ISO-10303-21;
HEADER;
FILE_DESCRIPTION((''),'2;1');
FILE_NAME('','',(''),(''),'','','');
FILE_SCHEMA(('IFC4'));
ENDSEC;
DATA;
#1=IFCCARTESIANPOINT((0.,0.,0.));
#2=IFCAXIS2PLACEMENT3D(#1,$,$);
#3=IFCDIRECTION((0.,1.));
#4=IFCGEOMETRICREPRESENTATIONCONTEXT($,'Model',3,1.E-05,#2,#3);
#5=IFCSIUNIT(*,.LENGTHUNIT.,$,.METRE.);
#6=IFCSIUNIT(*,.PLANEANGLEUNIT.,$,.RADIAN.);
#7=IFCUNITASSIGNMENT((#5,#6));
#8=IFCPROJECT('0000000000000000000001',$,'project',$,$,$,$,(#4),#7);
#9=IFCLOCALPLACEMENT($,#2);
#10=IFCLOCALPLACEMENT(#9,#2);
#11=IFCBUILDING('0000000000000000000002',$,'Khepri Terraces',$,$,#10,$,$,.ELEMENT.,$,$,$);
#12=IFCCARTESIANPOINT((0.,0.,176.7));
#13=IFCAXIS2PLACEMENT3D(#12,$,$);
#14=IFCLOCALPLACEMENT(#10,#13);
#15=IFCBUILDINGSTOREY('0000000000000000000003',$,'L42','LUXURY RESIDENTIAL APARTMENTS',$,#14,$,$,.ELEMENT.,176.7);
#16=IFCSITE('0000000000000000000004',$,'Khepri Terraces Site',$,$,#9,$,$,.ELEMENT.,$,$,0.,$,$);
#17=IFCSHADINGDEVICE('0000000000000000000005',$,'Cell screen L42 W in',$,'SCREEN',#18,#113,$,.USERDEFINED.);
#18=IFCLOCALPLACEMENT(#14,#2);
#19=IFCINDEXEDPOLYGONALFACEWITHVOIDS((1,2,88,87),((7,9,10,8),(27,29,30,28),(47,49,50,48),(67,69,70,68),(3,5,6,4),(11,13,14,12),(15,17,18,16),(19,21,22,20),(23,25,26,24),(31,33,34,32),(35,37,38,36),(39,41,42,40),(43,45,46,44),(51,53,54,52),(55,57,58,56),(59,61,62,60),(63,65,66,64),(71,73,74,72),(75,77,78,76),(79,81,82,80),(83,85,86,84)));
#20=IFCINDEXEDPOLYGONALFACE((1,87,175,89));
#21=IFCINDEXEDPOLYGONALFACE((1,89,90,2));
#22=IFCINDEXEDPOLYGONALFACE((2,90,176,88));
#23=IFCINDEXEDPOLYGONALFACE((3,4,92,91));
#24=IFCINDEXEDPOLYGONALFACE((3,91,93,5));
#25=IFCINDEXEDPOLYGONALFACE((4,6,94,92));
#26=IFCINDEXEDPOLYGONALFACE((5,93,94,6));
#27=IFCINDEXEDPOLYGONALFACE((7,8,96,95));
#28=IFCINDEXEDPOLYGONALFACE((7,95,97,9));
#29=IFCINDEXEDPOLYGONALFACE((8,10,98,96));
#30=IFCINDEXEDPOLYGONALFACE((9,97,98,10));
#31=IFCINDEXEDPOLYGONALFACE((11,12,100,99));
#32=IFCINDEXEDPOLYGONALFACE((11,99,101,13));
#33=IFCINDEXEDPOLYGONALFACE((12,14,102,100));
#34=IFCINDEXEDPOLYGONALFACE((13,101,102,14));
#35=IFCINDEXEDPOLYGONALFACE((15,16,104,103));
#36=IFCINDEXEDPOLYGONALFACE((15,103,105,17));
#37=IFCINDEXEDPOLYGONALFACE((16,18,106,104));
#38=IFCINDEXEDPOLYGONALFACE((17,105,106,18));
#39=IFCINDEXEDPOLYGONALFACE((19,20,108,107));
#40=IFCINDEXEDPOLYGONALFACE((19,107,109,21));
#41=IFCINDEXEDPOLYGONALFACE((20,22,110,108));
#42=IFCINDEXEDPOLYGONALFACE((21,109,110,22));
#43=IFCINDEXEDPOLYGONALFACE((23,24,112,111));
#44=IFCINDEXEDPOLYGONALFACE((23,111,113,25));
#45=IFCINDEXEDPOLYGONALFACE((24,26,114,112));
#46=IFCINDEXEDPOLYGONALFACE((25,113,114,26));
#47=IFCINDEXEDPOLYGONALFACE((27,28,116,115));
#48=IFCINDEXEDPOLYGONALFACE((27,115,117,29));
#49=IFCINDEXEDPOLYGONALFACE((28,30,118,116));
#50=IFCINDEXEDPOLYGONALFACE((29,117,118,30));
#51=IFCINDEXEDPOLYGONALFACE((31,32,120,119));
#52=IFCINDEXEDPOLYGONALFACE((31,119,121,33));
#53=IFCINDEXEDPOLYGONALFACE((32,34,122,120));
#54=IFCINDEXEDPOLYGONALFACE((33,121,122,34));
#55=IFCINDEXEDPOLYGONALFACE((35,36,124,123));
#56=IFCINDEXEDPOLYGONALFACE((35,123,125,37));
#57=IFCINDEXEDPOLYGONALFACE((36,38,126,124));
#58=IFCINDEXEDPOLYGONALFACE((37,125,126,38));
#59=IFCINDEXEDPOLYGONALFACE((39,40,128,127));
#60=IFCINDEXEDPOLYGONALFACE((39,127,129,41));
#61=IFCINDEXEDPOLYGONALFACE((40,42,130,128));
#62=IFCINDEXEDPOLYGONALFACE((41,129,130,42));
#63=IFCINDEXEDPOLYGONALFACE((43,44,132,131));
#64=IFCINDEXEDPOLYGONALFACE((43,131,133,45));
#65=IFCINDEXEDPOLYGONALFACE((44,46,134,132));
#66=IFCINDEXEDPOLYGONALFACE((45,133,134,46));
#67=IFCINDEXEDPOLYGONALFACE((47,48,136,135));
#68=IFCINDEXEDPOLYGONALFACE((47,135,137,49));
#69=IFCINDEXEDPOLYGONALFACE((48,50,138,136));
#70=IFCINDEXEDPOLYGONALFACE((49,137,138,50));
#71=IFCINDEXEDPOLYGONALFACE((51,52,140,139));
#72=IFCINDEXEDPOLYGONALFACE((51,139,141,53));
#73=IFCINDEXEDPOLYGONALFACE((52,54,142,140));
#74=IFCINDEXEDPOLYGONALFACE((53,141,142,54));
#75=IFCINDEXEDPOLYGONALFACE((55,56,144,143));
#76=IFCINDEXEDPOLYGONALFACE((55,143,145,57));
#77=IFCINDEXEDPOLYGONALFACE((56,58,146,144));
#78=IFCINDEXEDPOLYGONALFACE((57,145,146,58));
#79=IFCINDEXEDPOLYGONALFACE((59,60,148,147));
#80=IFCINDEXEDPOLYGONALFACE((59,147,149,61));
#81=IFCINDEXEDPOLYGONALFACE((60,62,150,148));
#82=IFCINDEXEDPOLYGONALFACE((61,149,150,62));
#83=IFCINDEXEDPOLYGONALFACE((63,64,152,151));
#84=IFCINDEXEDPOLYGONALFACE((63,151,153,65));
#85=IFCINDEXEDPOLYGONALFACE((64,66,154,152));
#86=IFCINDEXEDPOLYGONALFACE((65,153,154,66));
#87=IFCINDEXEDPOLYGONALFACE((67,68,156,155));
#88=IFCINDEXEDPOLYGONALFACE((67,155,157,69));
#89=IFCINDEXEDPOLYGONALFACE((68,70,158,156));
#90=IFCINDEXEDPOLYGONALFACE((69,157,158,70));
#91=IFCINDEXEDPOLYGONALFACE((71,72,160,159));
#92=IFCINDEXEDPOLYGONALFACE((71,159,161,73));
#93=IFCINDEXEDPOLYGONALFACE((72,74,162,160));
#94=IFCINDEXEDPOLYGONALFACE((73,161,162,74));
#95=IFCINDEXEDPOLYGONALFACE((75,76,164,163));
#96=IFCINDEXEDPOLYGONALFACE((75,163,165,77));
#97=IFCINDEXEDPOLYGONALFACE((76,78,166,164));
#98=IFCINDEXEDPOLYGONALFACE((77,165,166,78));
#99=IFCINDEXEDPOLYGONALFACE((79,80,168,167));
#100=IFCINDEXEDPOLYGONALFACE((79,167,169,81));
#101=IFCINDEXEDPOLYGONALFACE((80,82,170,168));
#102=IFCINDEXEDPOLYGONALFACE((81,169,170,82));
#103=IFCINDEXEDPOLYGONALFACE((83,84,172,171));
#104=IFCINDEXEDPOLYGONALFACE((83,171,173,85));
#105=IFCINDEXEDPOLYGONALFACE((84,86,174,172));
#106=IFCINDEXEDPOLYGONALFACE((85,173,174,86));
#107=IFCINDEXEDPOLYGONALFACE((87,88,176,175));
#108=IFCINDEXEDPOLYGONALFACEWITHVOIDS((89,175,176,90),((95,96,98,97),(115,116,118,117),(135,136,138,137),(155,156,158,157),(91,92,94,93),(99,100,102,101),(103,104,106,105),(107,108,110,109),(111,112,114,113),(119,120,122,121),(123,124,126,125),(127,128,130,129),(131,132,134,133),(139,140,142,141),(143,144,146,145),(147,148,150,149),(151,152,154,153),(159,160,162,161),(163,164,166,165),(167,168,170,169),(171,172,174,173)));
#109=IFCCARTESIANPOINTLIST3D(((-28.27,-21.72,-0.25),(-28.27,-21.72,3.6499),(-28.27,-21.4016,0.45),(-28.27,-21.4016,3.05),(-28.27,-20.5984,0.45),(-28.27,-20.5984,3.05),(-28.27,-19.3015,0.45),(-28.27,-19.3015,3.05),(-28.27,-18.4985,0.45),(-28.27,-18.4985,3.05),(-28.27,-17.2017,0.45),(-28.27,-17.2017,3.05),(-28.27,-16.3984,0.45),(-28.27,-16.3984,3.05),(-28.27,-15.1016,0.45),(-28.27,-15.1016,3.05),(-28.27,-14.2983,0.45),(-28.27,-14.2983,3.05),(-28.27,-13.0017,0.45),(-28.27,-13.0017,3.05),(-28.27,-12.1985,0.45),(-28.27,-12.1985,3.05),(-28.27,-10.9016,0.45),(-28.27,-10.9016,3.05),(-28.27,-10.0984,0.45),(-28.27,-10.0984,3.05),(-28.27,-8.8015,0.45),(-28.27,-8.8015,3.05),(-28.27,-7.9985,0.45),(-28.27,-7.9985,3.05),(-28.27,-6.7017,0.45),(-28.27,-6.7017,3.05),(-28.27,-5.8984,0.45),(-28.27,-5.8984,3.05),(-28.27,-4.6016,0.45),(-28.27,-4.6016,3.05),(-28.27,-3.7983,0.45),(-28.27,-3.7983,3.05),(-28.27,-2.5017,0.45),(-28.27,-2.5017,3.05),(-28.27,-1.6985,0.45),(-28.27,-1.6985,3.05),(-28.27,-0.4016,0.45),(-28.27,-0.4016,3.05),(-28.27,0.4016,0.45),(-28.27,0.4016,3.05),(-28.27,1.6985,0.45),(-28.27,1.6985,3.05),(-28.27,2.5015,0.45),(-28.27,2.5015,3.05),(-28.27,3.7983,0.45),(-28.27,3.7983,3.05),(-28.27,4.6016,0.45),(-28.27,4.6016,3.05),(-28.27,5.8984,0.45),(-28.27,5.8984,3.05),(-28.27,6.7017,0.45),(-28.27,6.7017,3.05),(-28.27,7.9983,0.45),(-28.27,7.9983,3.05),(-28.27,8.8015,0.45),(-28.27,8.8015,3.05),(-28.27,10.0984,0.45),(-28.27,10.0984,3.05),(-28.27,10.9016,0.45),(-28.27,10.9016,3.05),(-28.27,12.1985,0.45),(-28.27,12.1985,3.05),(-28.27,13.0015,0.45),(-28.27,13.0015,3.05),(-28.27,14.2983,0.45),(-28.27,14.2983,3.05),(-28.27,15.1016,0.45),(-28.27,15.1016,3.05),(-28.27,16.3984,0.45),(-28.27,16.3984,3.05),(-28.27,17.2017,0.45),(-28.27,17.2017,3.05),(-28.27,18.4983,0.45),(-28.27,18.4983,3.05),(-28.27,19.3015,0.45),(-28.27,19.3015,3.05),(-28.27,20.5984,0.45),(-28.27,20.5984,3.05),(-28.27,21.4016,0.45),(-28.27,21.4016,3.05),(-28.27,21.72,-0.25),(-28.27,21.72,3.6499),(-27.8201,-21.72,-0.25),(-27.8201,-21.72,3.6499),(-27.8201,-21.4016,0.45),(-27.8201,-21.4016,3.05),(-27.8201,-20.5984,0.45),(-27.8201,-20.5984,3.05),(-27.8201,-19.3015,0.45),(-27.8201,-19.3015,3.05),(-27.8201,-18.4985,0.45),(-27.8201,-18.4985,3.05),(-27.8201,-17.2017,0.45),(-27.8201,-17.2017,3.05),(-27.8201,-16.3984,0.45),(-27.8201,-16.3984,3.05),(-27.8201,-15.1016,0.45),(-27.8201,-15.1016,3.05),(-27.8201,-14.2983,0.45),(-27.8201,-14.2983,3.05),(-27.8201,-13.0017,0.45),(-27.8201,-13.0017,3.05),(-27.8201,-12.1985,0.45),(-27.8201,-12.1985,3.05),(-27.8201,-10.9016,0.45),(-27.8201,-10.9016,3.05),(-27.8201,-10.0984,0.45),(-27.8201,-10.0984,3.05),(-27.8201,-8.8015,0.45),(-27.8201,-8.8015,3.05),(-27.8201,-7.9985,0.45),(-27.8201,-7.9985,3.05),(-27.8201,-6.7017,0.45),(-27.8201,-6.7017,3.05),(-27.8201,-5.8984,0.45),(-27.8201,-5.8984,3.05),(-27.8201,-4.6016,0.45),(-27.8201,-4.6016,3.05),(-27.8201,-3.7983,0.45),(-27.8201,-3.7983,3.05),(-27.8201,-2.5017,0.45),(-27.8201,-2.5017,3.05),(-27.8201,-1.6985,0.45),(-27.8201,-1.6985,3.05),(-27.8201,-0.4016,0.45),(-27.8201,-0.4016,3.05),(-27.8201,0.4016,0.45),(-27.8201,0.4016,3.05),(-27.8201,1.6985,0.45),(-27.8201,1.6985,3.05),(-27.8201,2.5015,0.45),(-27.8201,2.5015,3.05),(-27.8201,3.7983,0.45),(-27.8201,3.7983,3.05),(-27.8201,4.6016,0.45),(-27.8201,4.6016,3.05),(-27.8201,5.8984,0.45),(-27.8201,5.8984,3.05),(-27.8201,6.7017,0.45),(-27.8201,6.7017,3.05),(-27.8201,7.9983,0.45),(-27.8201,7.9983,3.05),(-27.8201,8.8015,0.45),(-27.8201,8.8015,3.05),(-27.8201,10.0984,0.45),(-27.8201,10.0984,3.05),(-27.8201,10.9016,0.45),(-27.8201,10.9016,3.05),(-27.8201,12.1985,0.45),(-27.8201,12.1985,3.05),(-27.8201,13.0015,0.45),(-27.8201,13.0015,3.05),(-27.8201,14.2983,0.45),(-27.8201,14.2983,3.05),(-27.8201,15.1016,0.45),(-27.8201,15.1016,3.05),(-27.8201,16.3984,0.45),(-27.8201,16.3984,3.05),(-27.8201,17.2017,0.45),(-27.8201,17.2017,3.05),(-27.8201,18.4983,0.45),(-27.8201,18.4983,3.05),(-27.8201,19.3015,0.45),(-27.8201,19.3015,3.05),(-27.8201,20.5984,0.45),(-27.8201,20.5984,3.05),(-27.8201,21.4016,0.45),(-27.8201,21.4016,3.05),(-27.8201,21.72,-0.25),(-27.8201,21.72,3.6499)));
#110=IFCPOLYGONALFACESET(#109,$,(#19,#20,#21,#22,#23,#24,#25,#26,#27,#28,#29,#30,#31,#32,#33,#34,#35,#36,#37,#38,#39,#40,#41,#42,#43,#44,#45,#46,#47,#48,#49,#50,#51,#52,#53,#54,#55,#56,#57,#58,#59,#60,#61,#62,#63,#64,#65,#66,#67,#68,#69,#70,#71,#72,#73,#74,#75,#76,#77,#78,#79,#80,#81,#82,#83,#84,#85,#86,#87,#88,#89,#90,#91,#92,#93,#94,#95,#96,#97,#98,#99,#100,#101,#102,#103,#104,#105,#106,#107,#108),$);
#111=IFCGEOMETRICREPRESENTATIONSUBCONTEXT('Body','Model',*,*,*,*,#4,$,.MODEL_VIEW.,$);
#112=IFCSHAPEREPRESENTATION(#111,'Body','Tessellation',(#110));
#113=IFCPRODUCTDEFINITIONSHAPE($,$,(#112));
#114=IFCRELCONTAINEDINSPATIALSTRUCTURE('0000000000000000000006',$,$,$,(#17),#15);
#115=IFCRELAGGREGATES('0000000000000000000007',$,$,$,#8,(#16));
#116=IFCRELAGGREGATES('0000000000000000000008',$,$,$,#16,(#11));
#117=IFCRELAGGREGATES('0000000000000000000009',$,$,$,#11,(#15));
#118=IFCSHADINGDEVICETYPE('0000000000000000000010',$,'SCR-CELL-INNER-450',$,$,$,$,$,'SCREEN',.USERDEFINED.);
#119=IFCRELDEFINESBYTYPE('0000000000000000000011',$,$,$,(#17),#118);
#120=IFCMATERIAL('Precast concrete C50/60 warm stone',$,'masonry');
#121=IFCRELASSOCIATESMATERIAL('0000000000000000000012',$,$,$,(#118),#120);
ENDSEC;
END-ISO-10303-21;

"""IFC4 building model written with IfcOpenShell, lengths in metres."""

from ifc_helpers import new_model, si_unit, direction, frame, origin, place, context, subcontext, project, spatial, polyline, outline, extrude, material, type_object, element, save


model = new_model("IFC4")

# Units and contexts
model_context = context("Model", 3, precision=1e-05, world=origin(), true_north=direction((0.0, 1.0)))
body_context = subcontext(model_context, "Body", "Model", "MODEL_VIEW")
ifc_project = project(units=[si_unit("LENGTHUNIT", "METRE"), si_unit("PLANEANGLEUNIT", "RADIAN")], contexts=[model_context])

# Site, building, storey
site_placement = place(None, origin())
site = spatial("IfcSite", under=ifc_project, at=site_placement, Name="Khepri Terraces Site", CompositionType="ELEMENT", RefElevation=0.0)
building_placement = place(site_placement, origin())
building = spatial("IfcBuilding", under=site, at=building_placement, Name="Khepri Terraces", CompositionType="ELEMENT")
storey_placement = place(building_placement, frame((0.0, 0.0, 176.7)))
storey = spatial("IfcBuildingStorey", under=building, at=storey_placement, Name="L42", Description="LUXURY RESIDENTIAL APARTMENTS", CompositionType="ELEMENT", Elevation=176.7)

# Shared definitions
ifc_material_1 = material(Name="Precast concrete C50/60 warm stone", Category="masonry")

# Shading device
shading_device_type_1 = type_object("IfcShadingDeviceType", Name="SCR-CELL-INNER-450", ElementType="SCREEN", PredefinedType="USERDEFINED", material=ifc_material_1)
shading_device_1_placement = place(storey_placement, frame((-27.8201, 21.72, -0.25), z_axis=(-1.0, 0.0, 0.0), x_axis=(0.0, -1.0, 0.0)))
element("IfcShadingDevice", 1, at=shading_device_1_placement, inside=storey, type_object=shading_device_type_1, Name="Cell screen L42 W in", ObjectType="SCREEN", PredefinedType="USERDEFINED", context=body_context, shape_type="SweptSolid", body=[
    extrude(outline(polyline([(0.0, 0.0), (43.4399, 0.0), (43.4399, 3.8999), (0.0, 3.8999), (0.0, 0.0)]), holes=[polyline([(0.3184, 0.7), (1.1216, 0.7), (1.1216, 3.3), (0.3184, 3.3), (0.3184, 0.7)]), polyline([(2.4185, 0.7), (3.2217, 0.7), (3.2217, 3.3), (2.4185, 3.3), (2.4185, 0.7)]), polyline([(4.5183, 0.7), (5.3215, 0.7), (5.3215, 3.3), (4.5183, 3.3), (4.5183, 0.7)]), polyline([(6.6184, 0.7), (7.4216, 0.7), (7.4216, 3.3), (6.6184, 3.3), (6.6184, 0.7)]), polyline([(8.7185, 0.7), (9.5215, 0.7), (9.5215, 3.3), (8.7185, 3.3), (8.7185, 0.7)]), polyline([(10.8184, 0.7), (11.6216, 0.7), (11.6216, 3.3), (10.8184, 3.3), (10.8184, 0.7)]), polyline([(12.9185, 0.7), (13.7217, 0.7), (13.7217, 3.3), (12.9185, 3.3), (12.9185, 0.7)]), polyline([(15.0183, 0.7), (15.8215, 0.7), (15.8215, 3.3), (15.0183, 3.3), (15.0183, 0.7)]), polyline([(17.1184, 0.7), (17.9216, 0.7), (17.9216, 3.3), (17.1184, 3.3), (17.1184, 0.7)]), polyline([(19.2185, 0.7), (20.0215, 0.7), (20.0215, 3.3), (19.2185, 3.3), (19.2185, 0.7)]), polyline([(21.3184, 0.7), (22.1216, 0.7), (22.1216, 3.3), (21.3184, 3.3), (21.3184, 0.7)]), polyline([(23.4185, 0.7), (24.2217, 0.7), (24.2217, 3.3), (23.4185, 3.3), (23.4185, 0.7)]), polyline([(25.5183, 0.7), (26.3215, 0.7), (26.3215, 3.3), (25.5183, 3.3), (25.5183, 0.7)]), polyline([(27.6184, 0.7), (28.4216, 0.7), (28.4216, 3.3), (27.6184, 3.3), (27.6184, 0.7)]), polyline([(29.7185, 0.7), (30.5215, 0.7), (30.5215, 3.3), (29.7185, 3.3), (29.7185, 0.7)]), polyline([(31.8184, 0.7), (32.6216, 0.7), (32.6216, 3.3), (31.8184, 3.3), (31.8184, 0.7)]), polyline([(33.9185, 0.7), (34.7217, 0.7), (34.7217, 3.3), (33.9185, 3.3), (33.9185, 0.7)]), polyline([(36.0183, 0.7), (36.8215, 0.7), (36.8215, 3.3), (36.0183, 3.3), (36.0183, 0.7)]), polyline([(38.1184, 0.7), (38.9216, 0.7), (38.9216, 3.3), (38.1184, 3.3), (38.1184, 0.7)]), polyline([(40.2185, 0.7), (41.0215, 0.7), (41.0215, 3.3), (40.2185, 3.3), (40.2185, 0.7)]), polyline([(42.3184, 0.7), (43.1216, 0.7), (43.1216, 3.3), (42.3184, 3.3), (42.3184, 0.7)])]), origin(), (0.0, 0.0, 1.0), 0.45),
])

save(model, "model.ifc")
